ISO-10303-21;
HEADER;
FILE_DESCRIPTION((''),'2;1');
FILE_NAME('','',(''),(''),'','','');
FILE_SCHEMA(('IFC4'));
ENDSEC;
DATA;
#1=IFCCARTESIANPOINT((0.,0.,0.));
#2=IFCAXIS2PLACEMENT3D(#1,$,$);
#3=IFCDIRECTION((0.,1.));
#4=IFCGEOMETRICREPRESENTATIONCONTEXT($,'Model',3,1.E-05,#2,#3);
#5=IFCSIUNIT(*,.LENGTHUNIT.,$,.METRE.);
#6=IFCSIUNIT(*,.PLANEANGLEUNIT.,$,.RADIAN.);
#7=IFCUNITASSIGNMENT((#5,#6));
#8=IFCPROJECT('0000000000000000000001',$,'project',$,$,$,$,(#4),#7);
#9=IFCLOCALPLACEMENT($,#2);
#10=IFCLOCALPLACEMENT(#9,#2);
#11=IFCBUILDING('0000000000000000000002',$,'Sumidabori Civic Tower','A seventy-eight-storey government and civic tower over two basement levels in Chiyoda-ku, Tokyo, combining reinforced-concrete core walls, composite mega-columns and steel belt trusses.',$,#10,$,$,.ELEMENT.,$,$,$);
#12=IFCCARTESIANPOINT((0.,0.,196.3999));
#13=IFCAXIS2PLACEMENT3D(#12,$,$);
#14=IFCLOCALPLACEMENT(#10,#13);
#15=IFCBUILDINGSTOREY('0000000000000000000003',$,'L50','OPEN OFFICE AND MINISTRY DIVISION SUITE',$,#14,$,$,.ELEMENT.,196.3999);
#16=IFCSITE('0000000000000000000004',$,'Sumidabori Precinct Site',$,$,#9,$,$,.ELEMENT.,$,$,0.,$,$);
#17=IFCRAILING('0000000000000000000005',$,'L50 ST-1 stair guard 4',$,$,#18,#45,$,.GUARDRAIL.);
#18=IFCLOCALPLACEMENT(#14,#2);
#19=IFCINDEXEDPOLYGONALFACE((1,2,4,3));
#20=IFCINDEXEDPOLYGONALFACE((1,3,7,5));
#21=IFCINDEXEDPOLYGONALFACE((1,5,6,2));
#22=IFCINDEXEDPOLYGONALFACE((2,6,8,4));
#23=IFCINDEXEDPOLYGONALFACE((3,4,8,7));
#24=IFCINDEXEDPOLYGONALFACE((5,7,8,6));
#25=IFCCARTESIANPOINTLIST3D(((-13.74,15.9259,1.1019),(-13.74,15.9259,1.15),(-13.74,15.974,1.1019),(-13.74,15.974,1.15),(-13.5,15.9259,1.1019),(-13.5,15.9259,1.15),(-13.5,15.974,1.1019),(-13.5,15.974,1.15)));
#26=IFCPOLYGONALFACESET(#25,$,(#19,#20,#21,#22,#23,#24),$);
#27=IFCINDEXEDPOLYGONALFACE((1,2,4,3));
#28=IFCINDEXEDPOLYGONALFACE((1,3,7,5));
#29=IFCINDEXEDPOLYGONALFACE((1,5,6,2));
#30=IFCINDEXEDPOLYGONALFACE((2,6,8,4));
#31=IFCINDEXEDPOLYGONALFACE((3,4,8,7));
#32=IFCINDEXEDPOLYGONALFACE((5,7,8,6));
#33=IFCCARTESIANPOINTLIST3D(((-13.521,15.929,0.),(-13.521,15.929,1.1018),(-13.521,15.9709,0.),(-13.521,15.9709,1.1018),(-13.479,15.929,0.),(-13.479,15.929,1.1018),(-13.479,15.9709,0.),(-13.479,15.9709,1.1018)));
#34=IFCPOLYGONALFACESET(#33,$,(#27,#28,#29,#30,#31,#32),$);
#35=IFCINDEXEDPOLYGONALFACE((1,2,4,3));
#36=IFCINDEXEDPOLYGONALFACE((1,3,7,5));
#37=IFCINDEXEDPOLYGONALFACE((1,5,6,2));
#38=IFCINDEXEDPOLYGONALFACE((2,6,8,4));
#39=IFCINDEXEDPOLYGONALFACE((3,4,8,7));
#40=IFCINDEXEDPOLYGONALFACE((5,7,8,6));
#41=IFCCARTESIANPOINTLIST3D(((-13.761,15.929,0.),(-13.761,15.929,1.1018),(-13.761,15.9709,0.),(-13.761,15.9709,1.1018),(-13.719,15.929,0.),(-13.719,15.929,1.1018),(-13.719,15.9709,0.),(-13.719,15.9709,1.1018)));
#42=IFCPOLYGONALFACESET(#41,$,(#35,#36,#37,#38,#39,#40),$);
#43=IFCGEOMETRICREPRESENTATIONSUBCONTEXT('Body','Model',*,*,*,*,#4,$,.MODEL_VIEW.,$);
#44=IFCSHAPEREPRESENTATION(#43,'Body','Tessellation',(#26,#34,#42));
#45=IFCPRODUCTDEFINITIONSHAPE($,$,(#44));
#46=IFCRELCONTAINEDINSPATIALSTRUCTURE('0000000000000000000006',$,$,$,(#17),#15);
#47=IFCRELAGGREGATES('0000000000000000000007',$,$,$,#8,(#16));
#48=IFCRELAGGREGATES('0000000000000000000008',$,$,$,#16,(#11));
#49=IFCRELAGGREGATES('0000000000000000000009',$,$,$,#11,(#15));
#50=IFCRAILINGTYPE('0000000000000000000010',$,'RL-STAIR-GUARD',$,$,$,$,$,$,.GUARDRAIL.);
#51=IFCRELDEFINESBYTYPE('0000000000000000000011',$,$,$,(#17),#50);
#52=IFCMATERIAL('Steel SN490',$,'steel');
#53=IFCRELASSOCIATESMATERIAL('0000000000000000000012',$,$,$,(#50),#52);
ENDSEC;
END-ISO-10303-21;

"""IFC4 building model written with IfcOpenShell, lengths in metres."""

from ifc_helpers import new_model, si_unit, direction, frame, origin, origin_2d, place, context, subcontext, project, spatial, rectangle, extrude, material, type_object, element, save


model = new_model("IFC4")

# Units and contexts
model_context = context("Model", 3, precision=1e-05, world=origin(), true_north=direction((0.0, 1.0)))
body_context = subcontext(model_context, "Body", "Model", "MODEL_VIEW")
ifc_project = project(units=[si_unit("LENGTHUNIT", "METRE"), si_unit("PLANEANGLEUNIT", "RADIAN")], contexts=[model_context])

# Site, building, storey
site_placement = place(None, origin())
site = spatial("IfcSite", under=ifc_project, at=site_placement, Name="Sumidabori Precinct Site", CompositionType="ELEMENT", RefElevation=0.0)
building_placement = place(site_placement, origin())
building = spatial("IfcBuilding", under=site, at=building_placement, Name="Sumidabori Civic Tower", Description="A seventy-eight-storey government and civic tower over two basement levels in Chiyoda-ku, Tokyo, combining reinforced-concrete core walls, composite mega-columns and steel belt trusses.", CompositionType="ELEMENT")
storey_placement = place(building_placement, frame((0.0, 0.0, 196.3999)))
storey = spatial("IfcBuildingStorey", under=building, at=storey_placement, Name="L50", Description="OPEN OFFICE AND MINISTRY DIVISION SUITE", CompositionType="ELEMENT", Elevation=196.3999)

# Shared definitions
ifc_material_1 = material(Name="Steel SN490", Category="steel")

# Railing
railing_type = type_object("IfcRailingType", Name="RL-STAIR-GUARD", PredefinedType="GUARDRAIL", material=ifc_material_1)
railing_1_placement = place(storey_placement, frame((-13.5, 15.95, 0.0)))
element("IfcRailing", 1, at=railing_1_placement, inside=storey, type_object=railing_type, Name="L50 ST-1 stair guard 4", PredefinedType="GUARDRAIL", context=body_context, shape_type="SweptSolid", body=[
    extrude(rectangle(XDim=0.0481, YDim=0.0481, at=origin_2d()), frame((0.0, 0.0, 1.126), z_axis=(-1.0, 0.0, 0.0), x_axis=(0.0, -1.0, 0.0)), (0.0, 0.0, 1.0), 0.24),
    extrude(rectangle(XDim=0.042, YDim=0.042, at=origin_2d()), origin(), (0.0, 0.0, 1.0), 1.1018),
    extrude(rectangle(XDim=0.042, YDim=0.042, at=origin_2d()), frame((-0.24, 0.0, 0.0)), (0.0, 0.0, 1.0), 1.1018),
])

save(model, "model.ifc")
